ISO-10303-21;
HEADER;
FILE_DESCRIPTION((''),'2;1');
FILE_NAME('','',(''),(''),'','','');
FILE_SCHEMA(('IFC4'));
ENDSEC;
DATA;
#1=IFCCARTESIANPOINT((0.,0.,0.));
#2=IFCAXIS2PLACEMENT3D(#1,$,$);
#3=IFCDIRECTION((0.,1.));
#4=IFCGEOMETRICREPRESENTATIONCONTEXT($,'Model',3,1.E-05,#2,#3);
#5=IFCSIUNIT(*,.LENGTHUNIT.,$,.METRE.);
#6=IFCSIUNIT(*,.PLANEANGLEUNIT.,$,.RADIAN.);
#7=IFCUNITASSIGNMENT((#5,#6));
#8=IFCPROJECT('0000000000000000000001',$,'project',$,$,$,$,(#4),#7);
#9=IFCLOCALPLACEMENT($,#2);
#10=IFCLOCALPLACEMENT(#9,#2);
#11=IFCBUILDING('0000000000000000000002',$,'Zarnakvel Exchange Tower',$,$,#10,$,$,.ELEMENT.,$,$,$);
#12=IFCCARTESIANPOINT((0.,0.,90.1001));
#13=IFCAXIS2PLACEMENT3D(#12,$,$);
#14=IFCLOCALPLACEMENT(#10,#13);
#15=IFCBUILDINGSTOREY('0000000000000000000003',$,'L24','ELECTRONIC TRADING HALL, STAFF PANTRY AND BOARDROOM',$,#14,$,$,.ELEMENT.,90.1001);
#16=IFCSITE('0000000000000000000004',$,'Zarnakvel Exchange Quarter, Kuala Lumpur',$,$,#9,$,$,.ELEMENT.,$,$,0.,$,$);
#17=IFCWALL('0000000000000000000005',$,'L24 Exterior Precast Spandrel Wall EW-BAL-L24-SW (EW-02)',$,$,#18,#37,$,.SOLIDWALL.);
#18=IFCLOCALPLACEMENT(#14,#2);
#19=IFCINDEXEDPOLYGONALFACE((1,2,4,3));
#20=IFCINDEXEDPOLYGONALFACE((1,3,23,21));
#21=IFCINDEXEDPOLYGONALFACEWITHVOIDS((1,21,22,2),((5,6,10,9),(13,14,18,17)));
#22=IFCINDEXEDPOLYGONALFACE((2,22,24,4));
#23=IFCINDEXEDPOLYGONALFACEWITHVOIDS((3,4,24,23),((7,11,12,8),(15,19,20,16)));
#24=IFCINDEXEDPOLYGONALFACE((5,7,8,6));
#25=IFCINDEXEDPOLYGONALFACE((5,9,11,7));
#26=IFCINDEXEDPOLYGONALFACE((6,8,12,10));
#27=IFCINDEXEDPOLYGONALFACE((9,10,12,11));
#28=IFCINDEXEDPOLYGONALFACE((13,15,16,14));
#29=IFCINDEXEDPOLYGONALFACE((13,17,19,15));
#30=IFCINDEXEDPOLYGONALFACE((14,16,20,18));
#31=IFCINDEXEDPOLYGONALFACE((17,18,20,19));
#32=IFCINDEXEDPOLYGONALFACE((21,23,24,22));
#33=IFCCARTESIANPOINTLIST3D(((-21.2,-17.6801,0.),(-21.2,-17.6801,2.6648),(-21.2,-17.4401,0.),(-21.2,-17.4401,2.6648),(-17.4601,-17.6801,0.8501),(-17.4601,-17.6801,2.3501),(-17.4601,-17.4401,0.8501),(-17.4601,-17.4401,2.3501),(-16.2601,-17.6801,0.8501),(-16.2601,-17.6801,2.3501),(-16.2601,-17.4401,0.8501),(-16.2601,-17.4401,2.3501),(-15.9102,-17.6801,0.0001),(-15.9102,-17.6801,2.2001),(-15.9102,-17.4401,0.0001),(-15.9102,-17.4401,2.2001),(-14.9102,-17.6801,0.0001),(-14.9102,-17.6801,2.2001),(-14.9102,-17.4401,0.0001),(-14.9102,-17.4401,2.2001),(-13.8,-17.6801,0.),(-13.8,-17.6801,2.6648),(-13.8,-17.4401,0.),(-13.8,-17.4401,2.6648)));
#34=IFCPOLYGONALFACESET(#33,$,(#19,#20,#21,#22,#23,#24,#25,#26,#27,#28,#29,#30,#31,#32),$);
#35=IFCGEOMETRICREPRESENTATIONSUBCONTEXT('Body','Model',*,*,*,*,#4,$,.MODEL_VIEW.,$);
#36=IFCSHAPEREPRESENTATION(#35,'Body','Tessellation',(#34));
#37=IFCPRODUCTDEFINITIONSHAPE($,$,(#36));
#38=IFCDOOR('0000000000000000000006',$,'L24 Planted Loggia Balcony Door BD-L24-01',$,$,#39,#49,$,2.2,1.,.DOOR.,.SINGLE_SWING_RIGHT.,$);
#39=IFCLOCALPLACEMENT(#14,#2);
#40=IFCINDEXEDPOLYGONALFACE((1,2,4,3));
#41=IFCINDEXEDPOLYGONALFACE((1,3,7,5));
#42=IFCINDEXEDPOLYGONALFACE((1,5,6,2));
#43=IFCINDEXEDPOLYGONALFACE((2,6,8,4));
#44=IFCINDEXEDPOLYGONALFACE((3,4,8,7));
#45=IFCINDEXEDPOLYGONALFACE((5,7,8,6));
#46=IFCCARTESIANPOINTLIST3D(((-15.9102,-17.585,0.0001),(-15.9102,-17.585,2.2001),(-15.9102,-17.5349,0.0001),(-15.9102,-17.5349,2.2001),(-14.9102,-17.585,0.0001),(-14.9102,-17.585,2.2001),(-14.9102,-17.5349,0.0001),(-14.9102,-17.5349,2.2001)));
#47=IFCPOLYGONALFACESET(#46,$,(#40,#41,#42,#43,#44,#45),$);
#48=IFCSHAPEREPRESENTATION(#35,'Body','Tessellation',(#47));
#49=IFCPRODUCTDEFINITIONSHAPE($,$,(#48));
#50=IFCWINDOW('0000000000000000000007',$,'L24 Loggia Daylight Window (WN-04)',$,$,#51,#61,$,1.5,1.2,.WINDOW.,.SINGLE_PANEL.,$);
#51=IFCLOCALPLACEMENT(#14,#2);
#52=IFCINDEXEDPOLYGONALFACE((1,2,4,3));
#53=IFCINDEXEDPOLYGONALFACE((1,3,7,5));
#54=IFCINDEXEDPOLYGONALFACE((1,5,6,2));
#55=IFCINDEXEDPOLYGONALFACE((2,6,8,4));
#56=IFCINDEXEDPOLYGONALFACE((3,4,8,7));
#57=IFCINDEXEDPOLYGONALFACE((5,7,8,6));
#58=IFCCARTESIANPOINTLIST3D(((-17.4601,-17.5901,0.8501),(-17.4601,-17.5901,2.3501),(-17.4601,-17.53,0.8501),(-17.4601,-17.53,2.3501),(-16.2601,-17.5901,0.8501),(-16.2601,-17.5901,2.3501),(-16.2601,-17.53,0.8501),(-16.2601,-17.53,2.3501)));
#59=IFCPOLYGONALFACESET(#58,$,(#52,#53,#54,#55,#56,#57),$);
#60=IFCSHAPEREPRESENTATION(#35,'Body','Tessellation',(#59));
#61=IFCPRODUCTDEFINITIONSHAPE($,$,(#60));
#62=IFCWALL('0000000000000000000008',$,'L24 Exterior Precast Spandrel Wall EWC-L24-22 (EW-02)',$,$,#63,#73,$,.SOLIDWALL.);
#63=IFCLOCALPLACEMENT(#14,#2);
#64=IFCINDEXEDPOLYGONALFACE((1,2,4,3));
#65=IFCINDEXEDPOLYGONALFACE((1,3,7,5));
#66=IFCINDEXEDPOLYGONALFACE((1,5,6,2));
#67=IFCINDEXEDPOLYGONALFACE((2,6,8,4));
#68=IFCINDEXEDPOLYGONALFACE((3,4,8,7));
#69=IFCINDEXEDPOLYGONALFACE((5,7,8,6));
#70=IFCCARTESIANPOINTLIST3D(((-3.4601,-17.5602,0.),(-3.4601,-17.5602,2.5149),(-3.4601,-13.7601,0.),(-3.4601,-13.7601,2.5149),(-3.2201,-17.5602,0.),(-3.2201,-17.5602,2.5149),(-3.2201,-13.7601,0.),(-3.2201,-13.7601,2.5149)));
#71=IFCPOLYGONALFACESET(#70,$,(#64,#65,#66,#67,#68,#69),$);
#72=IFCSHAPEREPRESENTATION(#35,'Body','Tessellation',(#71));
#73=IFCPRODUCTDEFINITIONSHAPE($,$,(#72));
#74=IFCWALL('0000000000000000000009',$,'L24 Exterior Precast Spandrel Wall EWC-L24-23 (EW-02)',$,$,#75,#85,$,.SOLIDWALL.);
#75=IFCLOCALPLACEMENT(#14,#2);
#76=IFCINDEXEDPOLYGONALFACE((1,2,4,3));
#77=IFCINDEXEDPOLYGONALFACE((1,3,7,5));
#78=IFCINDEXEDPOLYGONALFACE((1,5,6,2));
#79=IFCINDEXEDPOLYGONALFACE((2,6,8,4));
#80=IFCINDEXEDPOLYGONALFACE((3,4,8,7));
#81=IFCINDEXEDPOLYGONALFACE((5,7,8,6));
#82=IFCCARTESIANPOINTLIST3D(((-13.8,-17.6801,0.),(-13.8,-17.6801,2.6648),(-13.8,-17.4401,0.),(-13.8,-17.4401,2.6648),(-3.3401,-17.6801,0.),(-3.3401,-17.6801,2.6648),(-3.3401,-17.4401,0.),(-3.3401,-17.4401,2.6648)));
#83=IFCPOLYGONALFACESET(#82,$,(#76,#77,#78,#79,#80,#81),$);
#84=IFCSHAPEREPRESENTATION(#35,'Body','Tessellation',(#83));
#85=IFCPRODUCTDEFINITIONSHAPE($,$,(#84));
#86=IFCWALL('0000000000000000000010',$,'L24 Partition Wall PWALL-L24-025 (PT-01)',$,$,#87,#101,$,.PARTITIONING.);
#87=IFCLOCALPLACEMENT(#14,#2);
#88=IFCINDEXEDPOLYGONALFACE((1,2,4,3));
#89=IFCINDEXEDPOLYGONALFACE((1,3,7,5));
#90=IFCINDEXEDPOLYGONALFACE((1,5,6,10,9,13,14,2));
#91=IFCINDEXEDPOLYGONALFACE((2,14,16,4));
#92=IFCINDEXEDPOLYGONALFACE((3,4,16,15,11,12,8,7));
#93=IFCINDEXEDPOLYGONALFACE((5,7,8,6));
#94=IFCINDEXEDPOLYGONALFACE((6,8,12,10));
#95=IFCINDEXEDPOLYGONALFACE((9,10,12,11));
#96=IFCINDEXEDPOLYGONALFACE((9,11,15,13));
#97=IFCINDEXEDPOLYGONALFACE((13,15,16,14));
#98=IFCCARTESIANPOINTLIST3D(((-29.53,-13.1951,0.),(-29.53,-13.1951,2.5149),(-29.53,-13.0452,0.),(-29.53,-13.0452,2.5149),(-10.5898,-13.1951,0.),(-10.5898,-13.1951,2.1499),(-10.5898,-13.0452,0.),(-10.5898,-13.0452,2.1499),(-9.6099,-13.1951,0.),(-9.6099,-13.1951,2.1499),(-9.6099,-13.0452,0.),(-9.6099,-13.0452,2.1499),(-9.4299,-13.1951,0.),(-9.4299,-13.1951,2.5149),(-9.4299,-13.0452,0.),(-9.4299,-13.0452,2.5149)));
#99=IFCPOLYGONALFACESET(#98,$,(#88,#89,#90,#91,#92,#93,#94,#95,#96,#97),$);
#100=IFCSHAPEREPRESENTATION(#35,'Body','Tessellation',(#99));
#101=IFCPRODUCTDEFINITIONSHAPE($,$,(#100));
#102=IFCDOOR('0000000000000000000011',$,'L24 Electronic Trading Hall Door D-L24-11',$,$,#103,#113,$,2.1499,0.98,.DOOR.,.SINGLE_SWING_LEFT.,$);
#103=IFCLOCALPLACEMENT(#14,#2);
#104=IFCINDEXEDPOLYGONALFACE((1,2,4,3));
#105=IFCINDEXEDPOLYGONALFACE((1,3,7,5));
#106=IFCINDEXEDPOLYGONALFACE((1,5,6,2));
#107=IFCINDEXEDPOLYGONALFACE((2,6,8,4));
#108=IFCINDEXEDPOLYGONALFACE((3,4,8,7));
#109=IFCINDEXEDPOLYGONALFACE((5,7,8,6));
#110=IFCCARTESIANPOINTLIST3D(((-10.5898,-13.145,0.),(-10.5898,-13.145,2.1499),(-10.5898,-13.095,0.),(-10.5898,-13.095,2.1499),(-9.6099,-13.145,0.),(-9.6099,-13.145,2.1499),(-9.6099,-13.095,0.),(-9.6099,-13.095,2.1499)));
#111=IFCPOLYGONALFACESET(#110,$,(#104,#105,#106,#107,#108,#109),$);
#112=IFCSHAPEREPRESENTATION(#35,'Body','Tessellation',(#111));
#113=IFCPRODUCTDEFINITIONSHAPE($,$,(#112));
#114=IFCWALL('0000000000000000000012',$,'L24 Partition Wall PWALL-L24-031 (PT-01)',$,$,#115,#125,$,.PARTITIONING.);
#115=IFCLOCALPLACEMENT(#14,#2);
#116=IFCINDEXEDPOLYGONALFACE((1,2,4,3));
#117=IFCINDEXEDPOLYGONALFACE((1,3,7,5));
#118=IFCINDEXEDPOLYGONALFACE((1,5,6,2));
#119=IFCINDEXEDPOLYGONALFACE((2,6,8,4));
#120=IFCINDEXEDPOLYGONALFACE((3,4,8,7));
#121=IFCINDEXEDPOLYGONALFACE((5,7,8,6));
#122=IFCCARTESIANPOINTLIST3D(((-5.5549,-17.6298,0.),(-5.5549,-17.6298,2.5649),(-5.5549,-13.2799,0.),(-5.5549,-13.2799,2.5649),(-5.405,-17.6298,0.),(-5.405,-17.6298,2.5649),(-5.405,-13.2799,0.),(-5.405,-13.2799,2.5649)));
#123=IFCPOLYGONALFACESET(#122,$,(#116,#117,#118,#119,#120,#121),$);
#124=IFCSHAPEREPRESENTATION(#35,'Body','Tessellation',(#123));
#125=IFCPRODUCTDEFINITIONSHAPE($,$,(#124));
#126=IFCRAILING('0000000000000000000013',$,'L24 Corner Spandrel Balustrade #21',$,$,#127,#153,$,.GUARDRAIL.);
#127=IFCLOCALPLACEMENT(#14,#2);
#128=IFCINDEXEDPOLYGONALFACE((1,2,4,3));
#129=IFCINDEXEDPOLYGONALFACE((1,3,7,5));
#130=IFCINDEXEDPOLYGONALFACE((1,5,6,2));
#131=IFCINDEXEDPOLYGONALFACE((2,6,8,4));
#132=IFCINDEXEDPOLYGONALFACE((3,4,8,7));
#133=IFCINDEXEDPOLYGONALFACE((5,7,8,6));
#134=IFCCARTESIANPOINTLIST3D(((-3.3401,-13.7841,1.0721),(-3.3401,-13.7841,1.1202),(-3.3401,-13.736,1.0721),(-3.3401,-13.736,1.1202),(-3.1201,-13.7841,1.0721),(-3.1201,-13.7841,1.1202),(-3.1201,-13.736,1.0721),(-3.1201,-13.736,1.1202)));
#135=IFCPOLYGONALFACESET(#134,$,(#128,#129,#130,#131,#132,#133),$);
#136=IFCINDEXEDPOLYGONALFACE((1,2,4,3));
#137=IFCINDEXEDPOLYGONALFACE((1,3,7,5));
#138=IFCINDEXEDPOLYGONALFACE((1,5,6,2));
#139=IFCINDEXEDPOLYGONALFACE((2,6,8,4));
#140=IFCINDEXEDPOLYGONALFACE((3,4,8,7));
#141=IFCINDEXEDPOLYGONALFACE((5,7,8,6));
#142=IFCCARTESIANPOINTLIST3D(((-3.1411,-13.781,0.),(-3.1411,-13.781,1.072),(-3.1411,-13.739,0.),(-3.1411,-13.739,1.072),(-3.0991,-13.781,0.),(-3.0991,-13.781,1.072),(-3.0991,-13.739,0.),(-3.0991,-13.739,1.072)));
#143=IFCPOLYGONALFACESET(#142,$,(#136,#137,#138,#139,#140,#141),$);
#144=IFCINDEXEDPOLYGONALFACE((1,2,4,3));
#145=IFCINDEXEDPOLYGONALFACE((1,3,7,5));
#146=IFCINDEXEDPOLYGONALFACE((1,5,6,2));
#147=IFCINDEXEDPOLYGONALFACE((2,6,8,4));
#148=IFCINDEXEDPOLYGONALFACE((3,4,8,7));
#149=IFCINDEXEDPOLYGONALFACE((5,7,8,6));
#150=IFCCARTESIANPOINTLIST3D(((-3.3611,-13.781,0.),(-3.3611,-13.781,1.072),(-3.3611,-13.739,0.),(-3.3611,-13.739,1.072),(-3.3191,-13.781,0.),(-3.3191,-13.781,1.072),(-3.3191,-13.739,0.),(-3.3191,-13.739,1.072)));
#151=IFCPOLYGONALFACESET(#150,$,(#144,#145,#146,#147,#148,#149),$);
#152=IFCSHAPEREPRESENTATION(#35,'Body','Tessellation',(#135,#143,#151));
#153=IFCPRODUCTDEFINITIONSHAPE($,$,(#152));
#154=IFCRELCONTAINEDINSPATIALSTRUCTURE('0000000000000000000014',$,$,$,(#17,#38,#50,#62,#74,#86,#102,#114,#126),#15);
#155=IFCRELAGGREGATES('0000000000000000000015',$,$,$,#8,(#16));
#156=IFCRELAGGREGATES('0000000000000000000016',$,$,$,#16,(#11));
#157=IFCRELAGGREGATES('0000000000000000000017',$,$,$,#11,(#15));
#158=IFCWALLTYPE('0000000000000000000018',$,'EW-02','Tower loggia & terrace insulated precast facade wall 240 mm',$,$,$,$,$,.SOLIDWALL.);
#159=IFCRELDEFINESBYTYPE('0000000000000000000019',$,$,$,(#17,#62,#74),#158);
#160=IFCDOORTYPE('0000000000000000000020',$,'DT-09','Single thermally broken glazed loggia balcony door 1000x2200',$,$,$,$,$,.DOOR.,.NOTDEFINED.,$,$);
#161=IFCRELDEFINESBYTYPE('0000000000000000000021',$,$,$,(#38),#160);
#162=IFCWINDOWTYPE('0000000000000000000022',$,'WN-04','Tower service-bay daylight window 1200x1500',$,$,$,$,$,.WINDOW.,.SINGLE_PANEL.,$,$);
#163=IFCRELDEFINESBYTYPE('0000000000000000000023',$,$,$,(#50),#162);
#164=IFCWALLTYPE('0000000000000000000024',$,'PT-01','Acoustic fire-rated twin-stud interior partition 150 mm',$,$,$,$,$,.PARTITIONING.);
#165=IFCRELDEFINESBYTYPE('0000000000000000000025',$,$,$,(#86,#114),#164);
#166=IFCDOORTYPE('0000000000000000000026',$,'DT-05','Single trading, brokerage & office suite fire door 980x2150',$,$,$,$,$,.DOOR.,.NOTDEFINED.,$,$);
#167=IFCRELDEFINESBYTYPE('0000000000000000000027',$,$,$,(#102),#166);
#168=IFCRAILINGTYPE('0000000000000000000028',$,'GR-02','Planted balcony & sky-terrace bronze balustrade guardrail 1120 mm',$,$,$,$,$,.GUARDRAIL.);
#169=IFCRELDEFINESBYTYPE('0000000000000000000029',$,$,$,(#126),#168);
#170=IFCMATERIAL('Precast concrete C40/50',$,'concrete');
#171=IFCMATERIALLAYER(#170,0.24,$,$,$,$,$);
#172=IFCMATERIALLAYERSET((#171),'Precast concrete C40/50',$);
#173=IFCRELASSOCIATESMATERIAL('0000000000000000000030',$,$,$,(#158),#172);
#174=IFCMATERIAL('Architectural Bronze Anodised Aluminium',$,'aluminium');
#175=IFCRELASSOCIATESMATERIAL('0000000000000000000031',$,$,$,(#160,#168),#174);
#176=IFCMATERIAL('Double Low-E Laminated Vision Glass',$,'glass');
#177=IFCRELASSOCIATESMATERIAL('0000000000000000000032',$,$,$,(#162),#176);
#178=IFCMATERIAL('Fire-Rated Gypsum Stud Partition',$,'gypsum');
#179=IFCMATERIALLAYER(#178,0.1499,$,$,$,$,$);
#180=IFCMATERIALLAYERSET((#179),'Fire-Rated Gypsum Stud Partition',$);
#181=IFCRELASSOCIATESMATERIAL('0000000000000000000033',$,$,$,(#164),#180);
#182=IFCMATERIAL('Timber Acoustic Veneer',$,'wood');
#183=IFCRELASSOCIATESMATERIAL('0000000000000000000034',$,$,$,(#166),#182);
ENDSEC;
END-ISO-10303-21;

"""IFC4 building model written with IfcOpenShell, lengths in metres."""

from ifc_helpers import new_model, si_unit, direction, frame, frame_2d, origin, origin_2d, place, context, subcontext, project, spatial, rectangle, extrude, source, transform, mapped, material, layer, layer_set, type_object, element, fill, save


model = new_model("IFC4")

# Units and contexts
model_context = context("Model", 3, precision=1e-05, world=origin(), true_north=direction((0.0, 1.0)))
body_context = subcontext(model_context, "Body", "Model", "MODEL_VIEW")
ifc_project = project(units=[si_unit("LENGTHUNIT", "METRE"), si_unit("PLANEANGLEUNIT", "RADIAN")], contexts=[model_context])

# Site, building, storey
site_placement = place(None, origin())
site = spatial("IfcSite", under=ifc_project, at=site_placement, Name="Zarnakvel Exchange Quarter, Kuala Lumpur", CompositionType="ELEMENT", RefElevation=0.0)
building_placement = place(site_placement, origin())
building = spatial("IfcBuilding", under=site, at=building_placement, Name="Zarnakvel Exchange Tower", CompositionType="ELEMENT")
storey_placement = place(building_placement, frame((0.0, 0.0, 90.1001)))
storey = spatial("IfcBuildingStorey", under=building, at=storey_placement, Name="L24", Description="ELECTRONIC TRADING HALL, STAFF PANTRY AND BOARDROOM", CompositionType="ELEMENT", Elevation=90.1001)

# Shared definitions
ifc_material_1 = material(Name="Architectural Bronze Anodised Aluminium", Category="aluminium")

# Shared definitions
ifc_material_2 = material(Name="Double Low-E Laminated Vision Glass", Category="glass")

# Wall, openings, door, window
ifc_material_3 = material(Name="Precast concrete C40/50", Category="concrete")
ifc_layer_1 = layer(ifc_material_3, 0.24)
ifc_layer_set_1 = layer_set([ifc_layer_1], Name="Precast concrete C40/50")
wall_type_1 = type_object("IfcWallType", Name="EW-02", Description="Tower loggia & terrace insulated precast facade wall 240 mm", PredefinedType="SOLIDWALL", material=ifc_layer_set_1)
wall_1_placement = place(storey_placement, frame((-13.8, -17.5601, 0.0), z_axis=(0.0, 0.0, 1.0), x_axis=(-1.0, 0.0, 0.0)))
wall_1 = element("IfcWall", 1, at=wall_1_placement, inside=storey, type_object=wall_type_1, Name="L24 Exterior Precast Spandrel Wall EW-BAL-L24-SW (EW-02)", PredefinedType="SOLIDWALL", context=body_context, shape_type="SweptSolid", body=[
    extrude(rectangle(XDim=7.3999, YDim=0.24, at=frame_2d((3.7, 0.0))), origin(), (0.0, 0.0, 1.0), 2.6648),
])
opening_1_placement = place(wall_1_placement, frame((1.1101, 0.0, 0.0)))
opening_1 = element("IfcOpeningElement", 2, at=opening_1_placement, cuts=wall_1, PredefinedType="OPENING", context=body_context, shape_type="SweptSolid", body=[
    extrude(rectangle(XDim=1.0, YDim=2.2, at=frame_2d((0.5, 1.1001))), frame((0.0, 0.1299, 0.0), z_axis=(0.0, -1.0, 0.0), x_axis=(1.0, 0.0, 0.0)), (0.0, 0.0, 1.0), 0.26),
])
opening_2_placement = place(wall_1_placement, frame((2.46, 0.0, 0.8501)))
opening_2 = element("IfcOpeningElement", 3, at=opening_2_placement, cuts=wall_1, PredefinedType="OPENING", context=body_context, shape_type="SweptSolid", body=[
    extrude(rectangle(XDim=1.2, YDim=1.5, at=frame_2d((0.6001, 0.75))), frame((0.0, 0.1299, 0.0), z_axis=(0.0, -1.0, 0.0), x_axis=(1.0, 0.0, 0.0)), (0.0, 0.0, 1.0), 0.26),
])
door_type_1 = type_object("IfcDoorType", Name="DT-09", Description="Single thermally broken glazed loggia balcony door 1000x2200", OperationType="NOTDEFINED", PredefinedType="DOOR", material=ifc_material_1)
shared_shape_1 = source(origin(), body_context, "Body", "SweptSolid", [
    extrude(rectangle(XDim=1.0, YDim=2.2, at=frame_2d((0.5, 1.1001))), frame((0.0, 0.0249, 0.0), z_axis=(0.0, -1.0, 0.0), x_axis=(1.0, 0.0, 0.0)), (0.0, 0.0, 1.0), 0.05),
])
door_1_placement = place(opening_1_placement, origin())
door_1 = element("IfcDoor", 4, at=door_1_placement, inside=storey, type_object=door_type_1, Name="L24 Planted Loggia Balcony Door BD-L24-01", OperationType="SINGLE_SWING_RIGHT", OverallHeight=2.2, OverallWidth=1.0, PredefinedType="DOOR", context=body_context, shape_type="MappedRepresentation", body=[
    mapped(shared_shape_1, transform((0.0, 0.0, 0.0), x_axis=(1.0, 0.0, 0.0), y_axis=(0.0, 1.0, 0.0), z_axis=(0.0, 0.0, 1.0), scale=1.0)),
])
fill(opening_1, door_1)
window_type = type_object("IfcWindowType", Name="WN-04", Description="Tower service-bay daylight window 1200x1500", PartitioningType="SINGLE_PANEL", PredefinedType="WINDOW", material=ifc_material_2)
shared_shape_2 = source(origin(), body_context, "Body", "SweptSolid", [
    extrude(rectangle(XDim=1.2, YDim=1.5, at=frame_2d((0.6001, 0.75))), frame((0.0, 0.03, 0.0), z_axis=(0.0, -1.0, 0.0), x_axis=(1.0, 0.0, 0.0)), (0.0, 0.0, 1.0), 0.0601),
])
window_placement = place(opening_2_placement, origin())
window = element("IfcWindow", 5, at=window_placement, inside=storey, type_object=window_type, Name="L24 Loggia Daylight Window (WN-04)", OverallHeight=1.5, OverallWidth=1.2, PartitioningType="SINGLE_PANEL", PredefinedType="WINDOW", context=body_context, shape_type="MappedRepresentation", body=[
    mapped(shared_shape_2, transform((0.0, 0.0, 0.0), x_axis=(1.0, 0.0, 0.0), y_axis=(0.0, 1.0, 0.0), z_axis=(0.0, 0.0, 1.0), scale=1.0)),
])
fill(opening_2, window)

# Walls
wall_2_placement = place(storey_placement, frame((-3.3401, -17.5601, 0.0), z_axis=(0.0, 0.0, 1.0), x_axis=(0.0, 1.0, 0.0)))
element("IfcWall", 6, at=wall_2_placement, inside=storey, type_object=wall_type_1, Name="L24 Exterior Precast Spandrel Wall EWC-L24-22 (EW-02)", PredefinedType="SOLIDWALL", context=body_context, shape_type="SweptSolid", body=[
    extrude(rectangle(XDim=3.8, YDim=0.24, at=frame_2d((1.8999, 0.0))), origin(), (0.0, 0.0, 1.0), 2.5149),
])
wall_3_placement = place(storey_placement, frame((-13.8, -17.5601, 0.0), z_axis=(0.0, 0.0, 1.0), x_axis=(1.0, 0.0, 0.0)))
element("IfcWall", 7, at=wall_3_placement, inside=storey, type_object=wall_type_1, Name="L24 Exterior Precast Spandrel Wall EWC-L24-23 (EW-02)", PredefinedType="SOLIDWALL", context=body_context, shape_type="SweptSolid", body=[
    extrude(rectangle(XDim=10.46, YDim=0.24, at=frame_2d((5.23, 0.0))), origin(), (0.0, 0.0, 1.0), 2.6648),
])

# Wall, opening, door
ifc_material_4 = material(Name="Fire-Rated Gypsum Stud Partition", Category="gypsum")
ifc_layer_2 = layer(ifc_material_4, 0.1499)
ifc_layer_set_2 = layer_set([ifc_layer_2], Name="Fire-Rated Gypsum Stud Partition")
wall_type_2 = type_object("IfcWallType", Name="PT-01", Description="Acoustic fire-rated twin-stud interior partition 150 mm", PredefinedType="PARTITIONING", material=ifc_layer_set_2)
wall_4_placement = place(storey_placement, frame((-9.4299, -13.1201, 0.0), z_axis=(0.0, 0.0, 1.0), x_axis=(-1.0, 0.0, 0.0)))
wall_4 = element("IfcWall", 8, at=wall_4_placement, inside=storey, type_object=wall_type_2, Name="L24 Partition Wall PWALL-L24-025 (PT-01)", PredefinedType="PARTITIONING", context=body_context, shape_type="SweptSolid", body=[
    extrude(rectangle(XDim=20.1001, YDim=0.1499, at=frame_2d((10.05, 0.0))), origin(), (0.0, 0.0, 1.0), 2.5149),
])
opening_3_placement = place(wall_4_placement, frame((0.1799, 0.0, 0.0)))
opening_3 = element("IfcOpeningElement", 9, at=opening_3_placement, cuts=wall_4, PredefinedType="OPENING", context=body_context, shape_type="SweptSolid", body=[
    extrude(rectangle(XDim=0.98, YDim=2.1499, at=frame_2d((0.49, 1.075))), frame((0.0, 0.085, 0.0), z_axis=(0.0, -1.0, 0.0), x_axis=(1.0, 0.0, 0.0)), (0.0, 0.0, 1.0), 0.1699),
])
ifc_material_5 = material(Name="Timber Acoustic Veneer", Category="wood")
door_type_2 = type_object("IfcDoorType", Name="DT-05", Description="Single trading, brokerage & office suite fire door 980x2150", OperationType="NOTDEFINED", PredefinedType="DOOR", material=ifc_material_5)
shared_shape_3 = source(origin(), body_context, "Body", "SweptSolid", [
    extrude(rectangle(XDim=0.98, YDim=2.1499, at=frame_2d((0.49, 1.075))), frame((0.0, 0.0249, 0.0), z_axis=(0.0, -1.0, 0.0), x_axis=(1.0, 0.0, 0.0)), (0.0, 0.0, 1.0), 0.05),
])
door_2_placement = place(opening_3_placement, origin())
door_2 = element("IfcDoor", 10, at=door_2_placement, inside=storey, type_object=door_type_2, Name="L24 Electronic Trading Hall Door D-L24-11", OperationType="SINGLE_SWING_LEFT", OverallHeight=2.1499, OverallWidth=0.98, PredefinedType="DOOR", context=body_context, shape_type="MappedRepresentation", body=[
    mapped(shared_shape_3, transform((0.0, 0.0, 0.0), x_axis=(1.0, 0.0, 0.0), y_axis=(0.0, 1.0, 0.0), z_axis=(0.0, 0.0, 1.0), scale=1.0)),
])
fill(opening_3, door_2)

# Wall
wall_5_placement = place(storey_placement, frame((-5.48, -13.28, 0.0), z_axis=(0.0, 0.0, 1.0), x_axis=(0.0, -1.0, 0.0)))
element("IfcWall", 11, at=wall_5_placement, inside=storey, type_object=wall_type_2, Name="L24 Partition Wall PWALL-L24-031 (PT-01)", PredefinedType="PARTITIONING", context=body_context, shape_type="SweptSolid", body=[
    extrude(rectangle(XDim=4.3499, YDim=0.1499, at=frame_2d((2.1748, 0.0))), origin(), (0.0, 0.0, 1.0), 2.5649),
])

# Railing
railing_type = type_object("IfcRailingType", Name="GR-02", Description="Planted balcony & sky-terrace bronze balustrade guardrail 1120 mm", PredefinedType="GUARDRAIL", material=ifc_material_1)
railing_placement = place(storey_placement, frame((-3.1201, -13.76, 0.0)))
element("IfcRailing", 12, at=railing_placement, inside=storey, type_object=railing_type, Name="L24 Corner Spandrel Balustrade #21", PredefinedType="GUARDRAIL", context=body_context, shape_type="SweptSolid", body=[
    extrude(rectangle(XDim=0.0481, YDim=0.0481, at=origin_2d()), frame((0.0, 0.0, 1.0962), z_axis=(-1.0, 0.0, 0.0), x_axis=(0.0, -1.0, 0.0)), (0.0, 0.0, 1.0), 0.22),
    extrude(rectangle(XDim=0.042, YDim=0.042, at=origin_2d()), origin(), (0.0, 0.0, 1.0), 1.072),
    extrude(rectangle(XDim=0.042, YDim=0.042, at=origin_2d()), frame((-0.22, 0.0, 0.0)), (0.0, 0.0, 1.0), 1.072),
])

save(model, "model.ifc")
